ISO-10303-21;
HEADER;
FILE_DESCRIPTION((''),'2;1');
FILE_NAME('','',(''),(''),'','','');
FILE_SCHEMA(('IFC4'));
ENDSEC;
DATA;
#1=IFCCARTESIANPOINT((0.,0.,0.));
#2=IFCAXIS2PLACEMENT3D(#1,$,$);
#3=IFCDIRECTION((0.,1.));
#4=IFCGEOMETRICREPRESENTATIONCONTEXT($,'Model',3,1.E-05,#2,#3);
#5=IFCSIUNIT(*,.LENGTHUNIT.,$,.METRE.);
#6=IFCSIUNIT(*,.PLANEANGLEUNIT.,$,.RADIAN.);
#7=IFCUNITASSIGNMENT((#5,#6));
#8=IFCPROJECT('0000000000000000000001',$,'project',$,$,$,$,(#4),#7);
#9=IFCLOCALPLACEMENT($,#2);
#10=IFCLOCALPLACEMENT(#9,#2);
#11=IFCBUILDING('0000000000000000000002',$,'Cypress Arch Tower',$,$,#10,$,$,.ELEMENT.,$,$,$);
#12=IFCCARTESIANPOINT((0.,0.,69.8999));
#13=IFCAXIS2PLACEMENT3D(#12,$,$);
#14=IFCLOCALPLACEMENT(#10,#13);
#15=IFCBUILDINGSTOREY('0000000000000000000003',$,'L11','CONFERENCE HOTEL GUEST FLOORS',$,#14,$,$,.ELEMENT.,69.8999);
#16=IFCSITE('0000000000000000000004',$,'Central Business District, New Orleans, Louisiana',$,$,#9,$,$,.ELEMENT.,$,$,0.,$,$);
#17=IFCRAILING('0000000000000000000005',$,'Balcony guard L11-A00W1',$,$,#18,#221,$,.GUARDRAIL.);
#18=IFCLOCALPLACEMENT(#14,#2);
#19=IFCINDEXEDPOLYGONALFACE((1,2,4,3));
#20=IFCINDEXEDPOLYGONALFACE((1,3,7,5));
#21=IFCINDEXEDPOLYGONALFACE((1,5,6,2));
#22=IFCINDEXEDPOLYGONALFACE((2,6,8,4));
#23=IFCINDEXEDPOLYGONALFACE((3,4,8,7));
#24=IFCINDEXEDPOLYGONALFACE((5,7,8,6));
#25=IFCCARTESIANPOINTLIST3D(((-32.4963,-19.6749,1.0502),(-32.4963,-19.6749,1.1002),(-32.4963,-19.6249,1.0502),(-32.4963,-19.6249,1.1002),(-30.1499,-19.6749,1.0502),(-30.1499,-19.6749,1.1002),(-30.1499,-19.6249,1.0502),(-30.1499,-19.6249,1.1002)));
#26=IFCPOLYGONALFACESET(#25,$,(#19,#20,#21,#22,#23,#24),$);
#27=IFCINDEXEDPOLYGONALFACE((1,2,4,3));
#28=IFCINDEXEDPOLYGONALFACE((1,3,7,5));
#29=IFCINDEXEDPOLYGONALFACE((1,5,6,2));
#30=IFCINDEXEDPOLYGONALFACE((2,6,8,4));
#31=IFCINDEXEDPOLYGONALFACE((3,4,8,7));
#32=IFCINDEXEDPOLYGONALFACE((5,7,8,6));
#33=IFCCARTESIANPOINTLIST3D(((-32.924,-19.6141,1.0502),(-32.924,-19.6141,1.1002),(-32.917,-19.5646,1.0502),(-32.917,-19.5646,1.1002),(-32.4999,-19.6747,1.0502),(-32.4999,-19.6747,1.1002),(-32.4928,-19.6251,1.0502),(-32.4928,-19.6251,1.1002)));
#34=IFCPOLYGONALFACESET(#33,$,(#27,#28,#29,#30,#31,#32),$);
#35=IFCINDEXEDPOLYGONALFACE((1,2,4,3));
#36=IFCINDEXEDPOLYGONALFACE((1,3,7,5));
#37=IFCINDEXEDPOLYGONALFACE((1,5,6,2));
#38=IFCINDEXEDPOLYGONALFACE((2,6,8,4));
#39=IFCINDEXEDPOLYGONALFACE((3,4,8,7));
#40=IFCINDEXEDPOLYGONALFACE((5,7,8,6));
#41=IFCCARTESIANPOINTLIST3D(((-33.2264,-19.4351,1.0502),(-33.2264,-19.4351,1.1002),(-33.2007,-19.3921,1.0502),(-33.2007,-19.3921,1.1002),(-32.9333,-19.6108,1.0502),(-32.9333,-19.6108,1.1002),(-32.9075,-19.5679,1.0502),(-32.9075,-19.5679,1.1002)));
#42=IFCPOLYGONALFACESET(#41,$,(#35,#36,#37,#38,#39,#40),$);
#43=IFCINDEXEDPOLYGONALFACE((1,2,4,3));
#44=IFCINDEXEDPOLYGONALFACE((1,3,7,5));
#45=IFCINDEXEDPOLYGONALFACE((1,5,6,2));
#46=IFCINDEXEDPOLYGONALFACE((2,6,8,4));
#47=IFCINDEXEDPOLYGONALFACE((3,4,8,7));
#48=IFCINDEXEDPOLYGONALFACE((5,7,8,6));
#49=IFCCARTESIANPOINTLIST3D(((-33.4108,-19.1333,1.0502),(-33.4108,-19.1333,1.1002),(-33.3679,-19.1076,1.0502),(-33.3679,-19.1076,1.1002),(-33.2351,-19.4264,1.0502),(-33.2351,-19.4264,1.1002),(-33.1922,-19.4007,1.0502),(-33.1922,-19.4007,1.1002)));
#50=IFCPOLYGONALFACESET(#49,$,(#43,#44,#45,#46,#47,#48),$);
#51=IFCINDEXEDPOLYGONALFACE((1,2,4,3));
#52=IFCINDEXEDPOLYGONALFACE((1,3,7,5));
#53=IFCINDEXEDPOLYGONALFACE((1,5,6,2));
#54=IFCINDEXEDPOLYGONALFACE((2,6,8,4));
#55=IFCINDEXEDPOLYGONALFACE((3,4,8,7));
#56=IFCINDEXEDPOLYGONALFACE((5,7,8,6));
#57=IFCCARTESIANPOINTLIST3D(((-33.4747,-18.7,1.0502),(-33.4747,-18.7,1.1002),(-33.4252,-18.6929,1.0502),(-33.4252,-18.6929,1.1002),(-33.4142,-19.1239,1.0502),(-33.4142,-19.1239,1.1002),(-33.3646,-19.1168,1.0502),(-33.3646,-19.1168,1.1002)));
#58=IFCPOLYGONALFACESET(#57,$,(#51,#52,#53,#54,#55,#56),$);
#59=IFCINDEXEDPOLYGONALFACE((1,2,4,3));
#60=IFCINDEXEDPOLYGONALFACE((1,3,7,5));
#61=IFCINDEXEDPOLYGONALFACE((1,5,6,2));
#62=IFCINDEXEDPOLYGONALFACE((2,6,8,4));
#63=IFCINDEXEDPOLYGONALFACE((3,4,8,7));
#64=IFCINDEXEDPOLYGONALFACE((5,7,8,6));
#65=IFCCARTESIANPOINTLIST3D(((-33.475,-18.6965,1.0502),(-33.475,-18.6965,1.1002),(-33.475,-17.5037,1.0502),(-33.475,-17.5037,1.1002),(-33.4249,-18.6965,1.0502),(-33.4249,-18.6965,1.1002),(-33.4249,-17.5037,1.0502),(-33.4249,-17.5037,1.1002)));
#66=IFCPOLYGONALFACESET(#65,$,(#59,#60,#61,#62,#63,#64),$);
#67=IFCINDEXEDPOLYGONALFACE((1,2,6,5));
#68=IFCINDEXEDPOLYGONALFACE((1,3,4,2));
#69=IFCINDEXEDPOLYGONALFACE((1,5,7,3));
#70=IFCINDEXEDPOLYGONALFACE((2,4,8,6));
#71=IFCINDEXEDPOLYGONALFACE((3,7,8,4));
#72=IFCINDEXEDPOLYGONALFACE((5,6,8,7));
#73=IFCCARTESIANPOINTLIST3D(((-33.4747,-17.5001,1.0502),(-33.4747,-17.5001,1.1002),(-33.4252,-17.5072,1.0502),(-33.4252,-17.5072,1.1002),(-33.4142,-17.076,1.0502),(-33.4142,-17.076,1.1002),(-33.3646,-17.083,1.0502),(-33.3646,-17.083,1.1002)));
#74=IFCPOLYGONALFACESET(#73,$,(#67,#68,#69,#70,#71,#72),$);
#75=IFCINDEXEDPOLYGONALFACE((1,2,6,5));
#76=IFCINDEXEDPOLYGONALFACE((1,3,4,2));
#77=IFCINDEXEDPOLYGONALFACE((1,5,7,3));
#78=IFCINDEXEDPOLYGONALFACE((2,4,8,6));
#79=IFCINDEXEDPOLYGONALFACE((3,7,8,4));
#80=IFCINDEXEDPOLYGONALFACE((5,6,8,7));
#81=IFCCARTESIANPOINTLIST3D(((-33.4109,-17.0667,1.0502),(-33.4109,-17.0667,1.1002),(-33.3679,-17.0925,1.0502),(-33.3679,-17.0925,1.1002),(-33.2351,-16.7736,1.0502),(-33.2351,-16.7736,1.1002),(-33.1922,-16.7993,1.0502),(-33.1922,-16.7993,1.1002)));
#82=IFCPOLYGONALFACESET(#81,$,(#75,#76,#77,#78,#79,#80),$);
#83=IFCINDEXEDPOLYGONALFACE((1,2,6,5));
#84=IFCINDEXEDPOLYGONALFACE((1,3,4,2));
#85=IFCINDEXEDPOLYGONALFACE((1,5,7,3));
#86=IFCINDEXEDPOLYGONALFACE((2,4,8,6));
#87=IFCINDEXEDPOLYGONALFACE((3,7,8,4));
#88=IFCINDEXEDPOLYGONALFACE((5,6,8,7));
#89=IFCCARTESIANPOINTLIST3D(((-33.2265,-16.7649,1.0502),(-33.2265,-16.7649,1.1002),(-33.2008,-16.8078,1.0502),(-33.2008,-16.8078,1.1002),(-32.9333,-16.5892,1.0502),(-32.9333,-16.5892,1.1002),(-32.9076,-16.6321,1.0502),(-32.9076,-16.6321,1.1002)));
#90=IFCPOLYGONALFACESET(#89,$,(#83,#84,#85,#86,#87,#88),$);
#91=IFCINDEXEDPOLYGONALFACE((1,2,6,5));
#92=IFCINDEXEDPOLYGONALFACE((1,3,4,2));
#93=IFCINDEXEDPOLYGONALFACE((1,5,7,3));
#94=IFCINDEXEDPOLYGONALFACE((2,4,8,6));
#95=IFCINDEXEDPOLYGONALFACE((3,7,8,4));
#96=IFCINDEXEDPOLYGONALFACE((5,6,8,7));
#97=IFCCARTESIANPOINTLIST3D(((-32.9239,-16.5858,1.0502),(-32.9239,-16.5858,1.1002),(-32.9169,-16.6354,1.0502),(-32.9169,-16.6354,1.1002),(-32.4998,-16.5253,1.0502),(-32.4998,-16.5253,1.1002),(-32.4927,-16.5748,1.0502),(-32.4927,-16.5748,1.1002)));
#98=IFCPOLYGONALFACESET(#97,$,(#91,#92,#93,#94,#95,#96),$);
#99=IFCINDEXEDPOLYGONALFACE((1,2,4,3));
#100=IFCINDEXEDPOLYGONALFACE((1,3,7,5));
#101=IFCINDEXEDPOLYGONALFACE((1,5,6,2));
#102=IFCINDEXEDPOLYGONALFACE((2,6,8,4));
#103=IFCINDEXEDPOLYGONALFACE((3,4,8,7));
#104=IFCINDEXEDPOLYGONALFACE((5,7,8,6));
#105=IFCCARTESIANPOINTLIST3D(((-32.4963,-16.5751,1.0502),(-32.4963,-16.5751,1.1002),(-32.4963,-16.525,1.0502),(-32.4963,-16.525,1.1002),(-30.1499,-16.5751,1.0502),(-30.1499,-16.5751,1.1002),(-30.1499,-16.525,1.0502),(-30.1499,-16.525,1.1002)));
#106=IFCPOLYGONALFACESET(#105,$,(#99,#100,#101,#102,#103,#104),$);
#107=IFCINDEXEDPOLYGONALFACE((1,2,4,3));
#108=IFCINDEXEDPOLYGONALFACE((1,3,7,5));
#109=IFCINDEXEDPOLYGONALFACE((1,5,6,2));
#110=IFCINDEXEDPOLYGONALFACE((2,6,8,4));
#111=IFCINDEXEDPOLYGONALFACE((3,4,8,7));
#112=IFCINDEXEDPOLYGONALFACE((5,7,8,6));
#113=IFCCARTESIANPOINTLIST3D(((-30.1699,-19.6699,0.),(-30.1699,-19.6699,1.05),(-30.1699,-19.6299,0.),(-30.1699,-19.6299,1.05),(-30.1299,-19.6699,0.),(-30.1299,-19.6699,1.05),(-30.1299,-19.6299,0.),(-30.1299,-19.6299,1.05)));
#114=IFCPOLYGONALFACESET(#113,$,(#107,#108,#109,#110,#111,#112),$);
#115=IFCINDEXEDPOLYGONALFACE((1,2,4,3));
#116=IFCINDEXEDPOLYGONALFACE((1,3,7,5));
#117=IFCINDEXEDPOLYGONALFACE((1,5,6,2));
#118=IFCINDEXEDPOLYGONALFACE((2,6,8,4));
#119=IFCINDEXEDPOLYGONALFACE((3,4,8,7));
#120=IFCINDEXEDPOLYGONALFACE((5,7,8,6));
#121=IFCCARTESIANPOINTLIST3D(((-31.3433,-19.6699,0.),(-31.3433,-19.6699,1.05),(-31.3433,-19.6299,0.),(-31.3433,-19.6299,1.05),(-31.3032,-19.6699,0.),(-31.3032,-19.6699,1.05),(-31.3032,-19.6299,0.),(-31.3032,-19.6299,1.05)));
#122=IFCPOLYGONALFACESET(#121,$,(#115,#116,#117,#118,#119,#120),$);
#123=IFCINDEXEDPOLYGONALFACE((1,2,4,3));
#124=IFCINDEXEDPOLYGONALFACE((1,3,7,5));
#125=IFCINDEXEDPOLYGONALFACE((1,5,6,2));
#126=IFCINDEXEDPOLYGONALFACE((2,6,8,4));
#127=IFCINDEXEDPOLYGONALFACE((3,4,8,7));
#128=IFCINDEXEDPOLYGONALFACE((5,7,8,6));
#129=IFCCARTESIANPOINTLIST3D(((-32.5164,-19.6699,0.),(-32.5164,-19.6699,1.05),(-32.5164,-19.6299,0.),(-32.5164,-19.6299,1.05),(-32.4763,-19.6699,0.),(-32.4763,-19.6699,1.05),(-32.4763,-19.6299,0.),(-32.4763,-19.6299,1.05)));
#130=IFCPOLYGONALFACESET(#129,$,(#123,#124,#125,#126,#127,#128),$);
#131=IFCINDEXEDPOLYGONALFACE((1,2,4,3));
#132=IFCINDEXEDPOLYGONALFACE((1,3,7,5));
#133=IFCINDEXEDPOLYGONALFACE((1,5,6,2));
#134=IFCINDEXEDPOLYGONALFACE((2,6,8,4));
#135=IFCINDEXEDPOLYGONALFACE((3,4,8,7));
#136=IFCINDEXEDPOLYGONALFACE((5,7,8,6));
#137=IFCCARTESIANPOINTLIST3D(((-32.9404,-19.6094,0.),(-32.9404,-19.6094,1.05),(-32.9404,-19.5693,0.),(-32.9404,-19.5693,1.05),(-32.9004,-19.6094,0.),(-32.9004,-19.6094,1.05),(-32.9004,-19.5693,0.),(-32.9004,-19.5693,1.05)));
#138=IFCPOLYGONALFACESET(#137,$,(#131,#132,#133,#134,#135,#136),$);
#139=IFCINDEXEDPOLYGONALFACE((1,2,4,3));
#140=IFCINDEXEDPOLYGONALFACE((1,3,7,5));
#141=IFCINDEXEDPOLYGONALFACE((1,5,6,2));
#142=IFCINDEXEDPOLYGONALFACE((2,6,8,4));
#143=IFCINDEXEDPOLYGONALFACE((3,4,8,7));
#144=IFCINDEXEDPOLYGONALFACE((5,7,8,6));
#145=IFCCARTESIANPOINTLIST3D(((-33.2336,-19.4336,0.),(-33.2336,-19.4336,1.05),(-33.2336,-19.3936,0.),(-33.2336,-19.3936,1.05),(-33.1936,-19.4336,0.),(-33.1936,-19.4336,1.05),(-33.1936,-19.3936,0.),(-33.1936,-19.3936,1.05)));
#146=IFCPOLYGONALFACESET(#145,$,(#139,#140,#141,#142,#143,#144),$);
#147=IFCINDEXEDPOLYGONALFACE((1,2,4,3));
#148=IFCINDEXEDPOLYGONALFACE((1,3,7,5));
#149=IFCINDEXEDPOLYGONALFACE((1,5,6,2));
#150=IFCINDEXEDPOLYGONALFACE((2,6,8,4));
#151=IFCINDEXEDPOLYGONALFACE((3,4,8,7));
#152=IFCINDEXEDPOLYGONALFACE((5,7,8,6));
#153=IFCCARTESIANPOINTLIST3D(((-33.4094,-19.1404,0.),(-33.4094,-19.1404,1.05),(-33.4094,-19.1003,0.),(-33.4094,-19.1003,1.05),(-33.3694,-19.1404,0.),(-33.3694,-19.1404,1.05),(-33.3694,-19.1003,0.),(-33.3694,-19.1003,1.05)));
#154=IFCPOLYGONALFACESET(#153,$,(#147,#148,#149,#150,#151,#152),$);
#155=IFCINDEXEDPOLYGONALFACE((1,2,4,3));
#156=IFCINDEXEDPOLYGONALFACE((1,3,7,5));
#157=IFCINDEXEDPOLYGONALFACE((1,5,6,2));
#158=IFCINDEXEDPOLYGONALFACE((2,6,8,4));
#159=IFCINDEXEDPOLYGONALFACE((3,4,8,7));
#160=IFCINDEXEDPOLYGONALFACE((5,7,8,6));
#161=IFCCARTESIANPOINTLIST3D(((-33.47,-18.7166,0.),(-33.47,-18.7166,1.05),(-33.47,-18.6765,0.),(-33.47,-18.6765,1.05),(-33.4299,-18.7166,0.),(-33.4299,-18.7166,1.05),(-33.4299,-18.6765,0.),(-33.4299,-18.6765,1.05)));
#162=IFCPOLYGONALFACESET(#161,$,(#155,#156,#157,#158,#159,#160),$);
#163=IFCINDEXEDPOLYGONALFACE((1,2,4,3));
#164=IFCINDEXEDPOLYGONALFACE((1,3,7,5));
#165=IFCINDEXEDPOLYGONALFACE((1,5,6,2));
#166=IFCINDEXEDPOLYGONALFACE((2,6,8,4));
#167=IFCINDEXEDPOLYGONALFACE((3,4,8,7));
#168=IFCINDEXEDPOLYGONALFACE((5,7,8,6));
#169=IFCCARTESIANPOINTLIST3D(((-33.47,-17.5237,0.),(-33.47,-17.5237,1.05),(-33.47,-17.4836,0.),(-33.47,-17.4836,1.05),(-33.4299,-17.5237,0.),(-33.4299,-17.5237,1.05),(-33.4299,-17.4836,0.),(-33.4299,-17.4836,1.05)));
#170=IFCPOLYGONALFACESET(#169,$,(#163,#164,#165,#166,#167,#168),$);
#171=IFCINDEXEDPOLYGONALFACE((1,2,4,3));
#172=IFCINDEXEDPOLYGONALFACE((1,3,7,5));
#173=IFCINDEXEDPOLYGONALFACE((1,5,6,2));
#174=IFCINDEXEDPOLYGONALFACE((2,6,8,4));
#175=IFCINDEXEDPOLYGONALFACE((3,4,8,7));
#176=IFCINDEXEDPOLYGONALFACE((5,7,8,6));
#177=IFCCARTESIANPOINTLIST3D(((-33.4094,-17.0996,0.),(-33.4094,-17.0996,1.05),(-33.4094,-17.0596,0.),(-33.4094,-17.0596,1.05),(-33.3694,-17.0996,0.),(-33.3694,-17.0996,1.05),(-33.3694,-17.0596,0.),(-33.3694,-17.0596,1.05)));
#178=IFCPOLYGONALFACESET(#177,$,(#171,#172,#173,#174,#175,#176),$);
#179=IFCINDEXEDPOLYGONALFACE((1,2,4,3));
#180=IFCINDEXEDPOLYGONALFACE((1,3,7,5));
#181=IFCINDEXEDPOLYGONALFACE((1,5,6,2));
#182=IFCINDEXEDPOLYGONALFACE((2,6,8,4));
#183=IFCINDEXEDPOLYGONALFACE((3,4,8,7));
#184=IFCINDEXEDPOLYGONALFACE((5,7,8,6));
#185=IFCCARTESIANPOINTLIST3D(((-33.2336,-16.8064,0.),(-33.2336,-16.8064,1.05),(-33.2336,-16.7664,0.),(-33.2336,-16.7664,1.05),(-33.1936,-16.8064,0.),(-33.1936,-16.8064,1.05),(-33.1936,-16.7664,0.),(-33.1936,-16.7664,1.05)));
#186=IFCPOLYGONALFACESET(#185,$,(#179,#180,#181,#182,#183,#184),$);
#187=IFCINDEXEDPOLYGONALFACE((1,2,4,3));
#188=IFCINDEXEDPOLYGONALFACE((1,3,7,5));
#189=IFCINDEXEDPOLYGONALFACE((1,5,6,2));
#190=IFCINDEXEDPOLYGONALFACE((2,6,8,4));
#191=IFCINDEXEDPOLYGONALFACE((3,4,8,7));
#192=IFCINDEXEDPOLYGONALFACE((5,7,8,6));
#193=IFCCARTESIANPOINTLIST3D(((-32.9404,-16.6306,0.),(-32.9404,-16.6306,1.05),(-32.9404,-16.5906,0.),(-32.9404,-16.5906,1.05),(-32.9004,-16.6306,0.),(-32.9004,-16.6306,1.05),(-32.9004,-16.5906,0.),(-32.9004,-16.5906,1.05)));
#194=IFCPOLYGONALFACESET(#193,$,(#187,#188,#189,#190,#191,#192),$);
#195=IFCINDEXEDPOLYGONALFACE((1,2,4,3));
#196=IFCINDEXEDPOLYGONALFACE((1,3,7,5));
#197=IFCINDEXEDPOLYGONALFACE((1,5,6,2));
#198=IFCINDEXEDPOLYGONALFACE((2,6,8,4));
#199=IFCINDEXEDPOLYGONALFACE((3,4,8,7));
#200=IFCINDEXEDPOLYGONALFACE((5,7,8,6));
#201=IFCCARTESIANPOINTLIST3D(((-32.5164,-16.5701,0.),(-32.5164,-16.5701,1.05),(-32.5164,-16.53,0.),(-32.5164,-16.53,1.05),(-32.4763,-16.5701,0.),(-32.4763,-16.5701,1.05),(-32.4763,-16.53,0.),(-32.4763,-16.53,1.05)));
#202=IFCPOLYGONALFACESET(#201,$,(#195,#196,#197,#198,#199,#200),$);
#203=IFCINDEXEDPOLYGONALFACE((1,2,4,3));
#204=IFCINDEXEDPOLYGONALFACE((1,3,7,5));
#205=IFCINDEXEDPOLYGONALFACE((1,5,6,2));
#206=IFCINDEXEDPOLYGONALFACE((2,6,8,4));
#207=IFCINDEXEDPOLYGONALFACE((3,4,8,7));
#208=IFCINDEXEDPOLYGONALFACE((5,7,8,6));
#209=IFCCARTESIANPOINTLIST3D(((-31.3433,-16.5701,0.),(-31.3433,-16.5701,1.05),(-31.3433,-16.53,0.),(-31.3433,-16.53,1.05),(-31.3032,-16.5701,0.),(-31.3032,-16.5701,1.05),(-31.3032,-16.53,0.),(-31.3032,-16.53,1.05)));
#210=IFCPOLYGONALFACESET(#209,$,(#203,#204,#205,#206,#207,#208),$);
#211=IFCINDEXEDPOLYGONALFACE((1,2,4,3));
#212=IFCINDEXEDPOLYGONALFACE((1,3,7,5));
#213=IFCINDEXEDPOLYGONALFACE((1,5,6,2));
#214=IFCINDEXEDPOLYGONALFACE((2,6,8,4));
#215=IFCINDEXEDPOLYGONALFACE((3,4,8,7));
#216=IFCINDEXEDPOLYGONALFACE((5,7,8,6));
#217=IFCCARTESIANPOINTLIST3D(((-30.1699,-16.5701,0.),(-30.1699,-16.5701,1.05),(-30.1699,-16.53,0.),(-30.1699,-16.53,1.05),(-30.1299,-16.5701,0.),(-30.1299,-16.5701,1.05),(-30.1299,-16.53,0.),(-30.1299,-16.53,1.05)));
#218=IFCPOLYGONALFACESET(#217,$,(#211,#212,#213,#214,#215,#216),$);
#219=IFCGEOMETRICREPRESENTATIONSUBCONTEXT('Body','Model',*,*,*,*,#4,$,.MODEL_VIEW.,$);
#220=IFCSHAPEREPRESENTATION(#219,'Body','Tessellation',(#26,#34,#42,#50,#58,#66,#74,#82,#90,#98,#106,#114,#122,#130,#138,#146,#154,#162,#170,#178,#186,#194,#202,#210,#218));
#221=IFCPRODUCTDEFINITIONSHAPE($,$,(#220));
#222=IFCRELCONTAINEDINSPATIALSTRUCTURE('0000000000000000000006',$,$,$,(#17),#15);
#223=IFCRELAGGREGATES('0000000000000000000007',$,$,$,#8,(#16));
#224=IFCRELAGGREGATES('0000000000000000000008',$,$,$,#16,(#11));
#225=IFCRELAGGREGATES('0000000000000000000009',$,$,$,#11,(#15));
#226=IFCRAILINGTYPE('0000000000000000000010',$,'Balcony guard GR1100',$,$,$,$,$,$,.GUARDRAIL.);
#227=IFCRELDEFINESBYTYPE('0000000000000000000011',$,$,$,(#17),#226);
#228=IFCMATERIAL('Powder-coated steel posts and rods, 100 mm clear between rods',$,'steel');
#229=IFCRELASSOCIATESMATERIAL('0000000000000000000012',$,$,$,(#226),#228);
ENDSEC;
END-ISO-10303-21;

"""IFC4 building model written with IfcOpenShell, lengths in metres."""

from ifc_helpers import new_model, si_unit, direction, frame, origin, origin_2d, place, context, subcontext, project, spatial, rectangle, extrude, material, type_object, element, save


model = new_model("IFC4")

# Units and contexts
model_context = context("Model", 3, precision=1e-05, world=origin(), true_north=direction((0.0, 1.0)))
body_context = subcontext(model_context, "Body", "Model", "MODEL_VIEW")
ifc_project = project(units=[si_unit("LENGTHUNIT", "METRE"), si_unit("PLANEANGLEUNIT", "RADIAN")], contexts=[model_context])

# Site, building, storey
site_placement = place(None, origin())
site = spatial("IfcSite", under=ifc_project, at=site_placement, Name="Central Business District, New Orleans, Louisiana", CompositionType="ELEMENT", RefElevation=0.0)
building_placement = place(site_placement, origin())
building = spatial("IfcBuilding", under=site, at=building_placement, Name="Cypress Arch Tower", CompositionType="ELEMENT")
storey_placement = place(building_placement, frame((0.0, 0.0, 69.8999)))
storey = spatial("IfcBuildingStorey", under=building, at=storey_placement, Name="L11", Description="CONFERENCE HOTEL GUEST FLOORS", CompositionType="ELEMENT", Elevation=69.8999)

# Railing
ifc_material_1 = material(Name="Powder-coated steel posts and rods, 100 mm clear between rods", Category="steel")
railing_type = type_object("IfcRailingType", Name="Balcony guard GR1100", PredefinedType="GUARDRAIL", material=ifc_material_1)
railing_placement = place(storey_placement, frame((-30.1499, -19.6499, 0.0)))
element("IfcRailing", 1, at=railing_placement, inside=storey, type_object=railing_type, Name="Balcony guard L11-A00W1", PredefinedType="GUARDRAIL", context=body_context, shape_type="SweptSolid", body=[
    extrude(rectangle(XDim=0.05, YDim=0.05, at=origin_2d()), frame((0.0, 0.0, 1.0752), z_axis=(-1.0, 0.0, 0.0), x_axis=(0.0, -1.0, 0.0)), (0.0, 0.0, 1.0), 2.3464),
    extrude(rectangle(XDim=0.05, YDim=0.05, at=origin_2d()), frame((-2.3464, 0.0, 1.0752), z_axis=(-0.989961, 0.141342, 0.0), x_axis=(-0.141342, -0.989961, 0.0)), (0.0, 0.0, 1.0), 0.4285),
    extrude(rectangle(XDim=0.05, YDim=0.05, at=origin_2d()), frame((-2.7705, 0.0605, 1.0752), z_axis=(-0.857682, 0.514181, 0.0), x_axis=(-0.514181, -0.857682, 0.0)), (0.0, 0.0, 1.0), 0.3418),
    extrude(rectangle(XDim=0.05, YDim=0.05, at=origin_2d()), frame((-3.0637, 0.2363, 1.0752), z_axis=(-0.514181, 0.857682, 0.0), x_axis=(-0.857682, -0.514181, 0.0)), (0.0, 0.0, 1.0), 0.3418),
    extrude(rectangle(XDim=0.05, YDim=0.05, at=origin_2d()), frame((-3.2395, 0.5295, 1.0752), z_axis=(-0.141421, 0.989949, 0.0), x_axis=(-0.989949, -0.141421, 0.0)), (0.0, 0.0, 1.0), 0.4282),
    extrude(rectangle(XDim=0.05, YDim=0.05, at=origin_2d()), frame((-3.3, 0.9534, 1.0752), z_axis=(0.0, 1.0, 0.0), x_axis=(-1.0, 0.0, 0.0)), (0.0, 0.0, 1.0), 1.1929),
    extrude(rectangle(XDim=0.05, YDim=0.05, at=origin_2d()), frame((-3.3, 2.1462, 1.0752), z_axis=(0.141342, 0.989961, 0.0), x_axis=(-0.989961, 0.141342, 0.0)), (0.0, 0.0, 1.0), 0.4285),
    extrude(rectangle(XDim=0.05, YDim=0.05, at=origin_2d()), frame((-3.2395, 2.5703, 1.0752), z_axis=(0.514181, 0.857682, 0.0), x_axis=(-0.857682, 0.514181, 0.0)), (0.0, 0.0, 1.0), 0.3418),
    extrude(rectangle(XDim=0.05, YDim=0.05, at=origin_2d()), frame((-3.0637, 2.8635, 1.0752), z_axis=(0.857682, 0.514181, 0.0), x_axis=(-0.514181, 0.857682, 0.0)), (0.0, 0.0, 1.0), 0.3418),
    extrude(rectangle(XDim=0.05, YDim=0.05, at=origin_2d()), frame((-2.7705, 3.0393, 1.0752), z_axis=(0.989961, 0.141342, 0.0), x_axis=(-0.141342, 0.989961, 0.0)), (0.0, 0.0, 1.0), 0.4285),
    extrude(rectangle(XDim=0.05, YDim=0.05, at=origin_2d()), frame((-2.3464, 3.0999, 1.0752), z_axis=(1.0, 0.0, 0.0), x_axis=(0.0, 1.0, 0.0)), (0.0, 0.0, 1.0), 2.3464),
    extrude(rectangle(XDim=0.04, YDim=0.04, at=origin_2d()), origin(), (0.0, 0.0, 1.0), 1.05),
    extrude(rectangle(XDim=0.04, YDim=0.04, at=origin_2d()), frame((-1.1733, 0.0, 0.0)), (0.0, 0.0, 1.0), 1.05),
    extrude(rectangle(XDim=0.04, YDim=0.04, at=origin_2d()), frame((-2.3464, 0.0, 0.0)), (0.0, 0.0, 1.0), 1.05),
    extrude(rectangle(XDim=0.04, YDim=0.04, at=origin_2d()), frame((-2.7705, 0.0605, 0.0)), (0.0, 0.0, 1.0), 1.05),
    extrude(rectangle(XDim=0.04, YDim=0.04, at=origin_2d()), frame((-3.0637, 0.2363, 0.0)), (0.0, 0.0, 1.0), 1.05),
    extrude(rectangle(XDim=0.04, YDim=0.04, at=origin_2d()), frame((-3.2395, 0.5295, 0.0)), (0.0, 0.0, 1.0), 1.05),
    extrude(rectangle(XDim=0.04, YDim=0.04, at=origin_2d()), frame((-3.3, 0.9534, 0.0)), (0.0, 0.0, 1.0), 1.05),
    extrude(rectangle(XDim=0.04, YDim=0.04, at=origin_2d()), frame((-3.3, 2.1462, 0.0)), (0.0, 0.0, 1.0), 1.05),
    extrude(rectangle(XDim=0.04, YDim=0.04, at=origin_2d()), frame((-3.2395, 2.5703, 0.0)), (0.0, 0.0, 1.0), 1.05),
    extrude(rectangle(XDim=0.04, YDim=0.04, at=origin_2d()), frame((-3.0637, 2.8635, 0.0)), (0.0, 0.0, 1.0), 1.05),
    extrude(rectangle(XDim=0.04, YDim=0.04, at=origin_2d()), frame((-2.7705, 3.0393, 0.0)), (0.0, 0.0, 1.0), 1.05),
    extrude(rectangle(XDim=0.04, YDim=0.04, at=origin_2d()), frame((-2.3464, 3.0999, 0.0)), (0.0, 0.0, 1.0), 1.05),
    extrude(rectangle(XDim=0.04, YDim=0.04, at=origin_2d()), frame((-1.1733, 3.0999, 0.0)), (0.0, 0.0, 1.0), 1.05),
    extrude(rectangle(XDim=0.04, YDim=0.04, at=origin_2d()), frame((0.0, 3.0999, 0.0)), (0.0, 0.0, 1.0), 1.05),
])

save(model, "model.ifc")
